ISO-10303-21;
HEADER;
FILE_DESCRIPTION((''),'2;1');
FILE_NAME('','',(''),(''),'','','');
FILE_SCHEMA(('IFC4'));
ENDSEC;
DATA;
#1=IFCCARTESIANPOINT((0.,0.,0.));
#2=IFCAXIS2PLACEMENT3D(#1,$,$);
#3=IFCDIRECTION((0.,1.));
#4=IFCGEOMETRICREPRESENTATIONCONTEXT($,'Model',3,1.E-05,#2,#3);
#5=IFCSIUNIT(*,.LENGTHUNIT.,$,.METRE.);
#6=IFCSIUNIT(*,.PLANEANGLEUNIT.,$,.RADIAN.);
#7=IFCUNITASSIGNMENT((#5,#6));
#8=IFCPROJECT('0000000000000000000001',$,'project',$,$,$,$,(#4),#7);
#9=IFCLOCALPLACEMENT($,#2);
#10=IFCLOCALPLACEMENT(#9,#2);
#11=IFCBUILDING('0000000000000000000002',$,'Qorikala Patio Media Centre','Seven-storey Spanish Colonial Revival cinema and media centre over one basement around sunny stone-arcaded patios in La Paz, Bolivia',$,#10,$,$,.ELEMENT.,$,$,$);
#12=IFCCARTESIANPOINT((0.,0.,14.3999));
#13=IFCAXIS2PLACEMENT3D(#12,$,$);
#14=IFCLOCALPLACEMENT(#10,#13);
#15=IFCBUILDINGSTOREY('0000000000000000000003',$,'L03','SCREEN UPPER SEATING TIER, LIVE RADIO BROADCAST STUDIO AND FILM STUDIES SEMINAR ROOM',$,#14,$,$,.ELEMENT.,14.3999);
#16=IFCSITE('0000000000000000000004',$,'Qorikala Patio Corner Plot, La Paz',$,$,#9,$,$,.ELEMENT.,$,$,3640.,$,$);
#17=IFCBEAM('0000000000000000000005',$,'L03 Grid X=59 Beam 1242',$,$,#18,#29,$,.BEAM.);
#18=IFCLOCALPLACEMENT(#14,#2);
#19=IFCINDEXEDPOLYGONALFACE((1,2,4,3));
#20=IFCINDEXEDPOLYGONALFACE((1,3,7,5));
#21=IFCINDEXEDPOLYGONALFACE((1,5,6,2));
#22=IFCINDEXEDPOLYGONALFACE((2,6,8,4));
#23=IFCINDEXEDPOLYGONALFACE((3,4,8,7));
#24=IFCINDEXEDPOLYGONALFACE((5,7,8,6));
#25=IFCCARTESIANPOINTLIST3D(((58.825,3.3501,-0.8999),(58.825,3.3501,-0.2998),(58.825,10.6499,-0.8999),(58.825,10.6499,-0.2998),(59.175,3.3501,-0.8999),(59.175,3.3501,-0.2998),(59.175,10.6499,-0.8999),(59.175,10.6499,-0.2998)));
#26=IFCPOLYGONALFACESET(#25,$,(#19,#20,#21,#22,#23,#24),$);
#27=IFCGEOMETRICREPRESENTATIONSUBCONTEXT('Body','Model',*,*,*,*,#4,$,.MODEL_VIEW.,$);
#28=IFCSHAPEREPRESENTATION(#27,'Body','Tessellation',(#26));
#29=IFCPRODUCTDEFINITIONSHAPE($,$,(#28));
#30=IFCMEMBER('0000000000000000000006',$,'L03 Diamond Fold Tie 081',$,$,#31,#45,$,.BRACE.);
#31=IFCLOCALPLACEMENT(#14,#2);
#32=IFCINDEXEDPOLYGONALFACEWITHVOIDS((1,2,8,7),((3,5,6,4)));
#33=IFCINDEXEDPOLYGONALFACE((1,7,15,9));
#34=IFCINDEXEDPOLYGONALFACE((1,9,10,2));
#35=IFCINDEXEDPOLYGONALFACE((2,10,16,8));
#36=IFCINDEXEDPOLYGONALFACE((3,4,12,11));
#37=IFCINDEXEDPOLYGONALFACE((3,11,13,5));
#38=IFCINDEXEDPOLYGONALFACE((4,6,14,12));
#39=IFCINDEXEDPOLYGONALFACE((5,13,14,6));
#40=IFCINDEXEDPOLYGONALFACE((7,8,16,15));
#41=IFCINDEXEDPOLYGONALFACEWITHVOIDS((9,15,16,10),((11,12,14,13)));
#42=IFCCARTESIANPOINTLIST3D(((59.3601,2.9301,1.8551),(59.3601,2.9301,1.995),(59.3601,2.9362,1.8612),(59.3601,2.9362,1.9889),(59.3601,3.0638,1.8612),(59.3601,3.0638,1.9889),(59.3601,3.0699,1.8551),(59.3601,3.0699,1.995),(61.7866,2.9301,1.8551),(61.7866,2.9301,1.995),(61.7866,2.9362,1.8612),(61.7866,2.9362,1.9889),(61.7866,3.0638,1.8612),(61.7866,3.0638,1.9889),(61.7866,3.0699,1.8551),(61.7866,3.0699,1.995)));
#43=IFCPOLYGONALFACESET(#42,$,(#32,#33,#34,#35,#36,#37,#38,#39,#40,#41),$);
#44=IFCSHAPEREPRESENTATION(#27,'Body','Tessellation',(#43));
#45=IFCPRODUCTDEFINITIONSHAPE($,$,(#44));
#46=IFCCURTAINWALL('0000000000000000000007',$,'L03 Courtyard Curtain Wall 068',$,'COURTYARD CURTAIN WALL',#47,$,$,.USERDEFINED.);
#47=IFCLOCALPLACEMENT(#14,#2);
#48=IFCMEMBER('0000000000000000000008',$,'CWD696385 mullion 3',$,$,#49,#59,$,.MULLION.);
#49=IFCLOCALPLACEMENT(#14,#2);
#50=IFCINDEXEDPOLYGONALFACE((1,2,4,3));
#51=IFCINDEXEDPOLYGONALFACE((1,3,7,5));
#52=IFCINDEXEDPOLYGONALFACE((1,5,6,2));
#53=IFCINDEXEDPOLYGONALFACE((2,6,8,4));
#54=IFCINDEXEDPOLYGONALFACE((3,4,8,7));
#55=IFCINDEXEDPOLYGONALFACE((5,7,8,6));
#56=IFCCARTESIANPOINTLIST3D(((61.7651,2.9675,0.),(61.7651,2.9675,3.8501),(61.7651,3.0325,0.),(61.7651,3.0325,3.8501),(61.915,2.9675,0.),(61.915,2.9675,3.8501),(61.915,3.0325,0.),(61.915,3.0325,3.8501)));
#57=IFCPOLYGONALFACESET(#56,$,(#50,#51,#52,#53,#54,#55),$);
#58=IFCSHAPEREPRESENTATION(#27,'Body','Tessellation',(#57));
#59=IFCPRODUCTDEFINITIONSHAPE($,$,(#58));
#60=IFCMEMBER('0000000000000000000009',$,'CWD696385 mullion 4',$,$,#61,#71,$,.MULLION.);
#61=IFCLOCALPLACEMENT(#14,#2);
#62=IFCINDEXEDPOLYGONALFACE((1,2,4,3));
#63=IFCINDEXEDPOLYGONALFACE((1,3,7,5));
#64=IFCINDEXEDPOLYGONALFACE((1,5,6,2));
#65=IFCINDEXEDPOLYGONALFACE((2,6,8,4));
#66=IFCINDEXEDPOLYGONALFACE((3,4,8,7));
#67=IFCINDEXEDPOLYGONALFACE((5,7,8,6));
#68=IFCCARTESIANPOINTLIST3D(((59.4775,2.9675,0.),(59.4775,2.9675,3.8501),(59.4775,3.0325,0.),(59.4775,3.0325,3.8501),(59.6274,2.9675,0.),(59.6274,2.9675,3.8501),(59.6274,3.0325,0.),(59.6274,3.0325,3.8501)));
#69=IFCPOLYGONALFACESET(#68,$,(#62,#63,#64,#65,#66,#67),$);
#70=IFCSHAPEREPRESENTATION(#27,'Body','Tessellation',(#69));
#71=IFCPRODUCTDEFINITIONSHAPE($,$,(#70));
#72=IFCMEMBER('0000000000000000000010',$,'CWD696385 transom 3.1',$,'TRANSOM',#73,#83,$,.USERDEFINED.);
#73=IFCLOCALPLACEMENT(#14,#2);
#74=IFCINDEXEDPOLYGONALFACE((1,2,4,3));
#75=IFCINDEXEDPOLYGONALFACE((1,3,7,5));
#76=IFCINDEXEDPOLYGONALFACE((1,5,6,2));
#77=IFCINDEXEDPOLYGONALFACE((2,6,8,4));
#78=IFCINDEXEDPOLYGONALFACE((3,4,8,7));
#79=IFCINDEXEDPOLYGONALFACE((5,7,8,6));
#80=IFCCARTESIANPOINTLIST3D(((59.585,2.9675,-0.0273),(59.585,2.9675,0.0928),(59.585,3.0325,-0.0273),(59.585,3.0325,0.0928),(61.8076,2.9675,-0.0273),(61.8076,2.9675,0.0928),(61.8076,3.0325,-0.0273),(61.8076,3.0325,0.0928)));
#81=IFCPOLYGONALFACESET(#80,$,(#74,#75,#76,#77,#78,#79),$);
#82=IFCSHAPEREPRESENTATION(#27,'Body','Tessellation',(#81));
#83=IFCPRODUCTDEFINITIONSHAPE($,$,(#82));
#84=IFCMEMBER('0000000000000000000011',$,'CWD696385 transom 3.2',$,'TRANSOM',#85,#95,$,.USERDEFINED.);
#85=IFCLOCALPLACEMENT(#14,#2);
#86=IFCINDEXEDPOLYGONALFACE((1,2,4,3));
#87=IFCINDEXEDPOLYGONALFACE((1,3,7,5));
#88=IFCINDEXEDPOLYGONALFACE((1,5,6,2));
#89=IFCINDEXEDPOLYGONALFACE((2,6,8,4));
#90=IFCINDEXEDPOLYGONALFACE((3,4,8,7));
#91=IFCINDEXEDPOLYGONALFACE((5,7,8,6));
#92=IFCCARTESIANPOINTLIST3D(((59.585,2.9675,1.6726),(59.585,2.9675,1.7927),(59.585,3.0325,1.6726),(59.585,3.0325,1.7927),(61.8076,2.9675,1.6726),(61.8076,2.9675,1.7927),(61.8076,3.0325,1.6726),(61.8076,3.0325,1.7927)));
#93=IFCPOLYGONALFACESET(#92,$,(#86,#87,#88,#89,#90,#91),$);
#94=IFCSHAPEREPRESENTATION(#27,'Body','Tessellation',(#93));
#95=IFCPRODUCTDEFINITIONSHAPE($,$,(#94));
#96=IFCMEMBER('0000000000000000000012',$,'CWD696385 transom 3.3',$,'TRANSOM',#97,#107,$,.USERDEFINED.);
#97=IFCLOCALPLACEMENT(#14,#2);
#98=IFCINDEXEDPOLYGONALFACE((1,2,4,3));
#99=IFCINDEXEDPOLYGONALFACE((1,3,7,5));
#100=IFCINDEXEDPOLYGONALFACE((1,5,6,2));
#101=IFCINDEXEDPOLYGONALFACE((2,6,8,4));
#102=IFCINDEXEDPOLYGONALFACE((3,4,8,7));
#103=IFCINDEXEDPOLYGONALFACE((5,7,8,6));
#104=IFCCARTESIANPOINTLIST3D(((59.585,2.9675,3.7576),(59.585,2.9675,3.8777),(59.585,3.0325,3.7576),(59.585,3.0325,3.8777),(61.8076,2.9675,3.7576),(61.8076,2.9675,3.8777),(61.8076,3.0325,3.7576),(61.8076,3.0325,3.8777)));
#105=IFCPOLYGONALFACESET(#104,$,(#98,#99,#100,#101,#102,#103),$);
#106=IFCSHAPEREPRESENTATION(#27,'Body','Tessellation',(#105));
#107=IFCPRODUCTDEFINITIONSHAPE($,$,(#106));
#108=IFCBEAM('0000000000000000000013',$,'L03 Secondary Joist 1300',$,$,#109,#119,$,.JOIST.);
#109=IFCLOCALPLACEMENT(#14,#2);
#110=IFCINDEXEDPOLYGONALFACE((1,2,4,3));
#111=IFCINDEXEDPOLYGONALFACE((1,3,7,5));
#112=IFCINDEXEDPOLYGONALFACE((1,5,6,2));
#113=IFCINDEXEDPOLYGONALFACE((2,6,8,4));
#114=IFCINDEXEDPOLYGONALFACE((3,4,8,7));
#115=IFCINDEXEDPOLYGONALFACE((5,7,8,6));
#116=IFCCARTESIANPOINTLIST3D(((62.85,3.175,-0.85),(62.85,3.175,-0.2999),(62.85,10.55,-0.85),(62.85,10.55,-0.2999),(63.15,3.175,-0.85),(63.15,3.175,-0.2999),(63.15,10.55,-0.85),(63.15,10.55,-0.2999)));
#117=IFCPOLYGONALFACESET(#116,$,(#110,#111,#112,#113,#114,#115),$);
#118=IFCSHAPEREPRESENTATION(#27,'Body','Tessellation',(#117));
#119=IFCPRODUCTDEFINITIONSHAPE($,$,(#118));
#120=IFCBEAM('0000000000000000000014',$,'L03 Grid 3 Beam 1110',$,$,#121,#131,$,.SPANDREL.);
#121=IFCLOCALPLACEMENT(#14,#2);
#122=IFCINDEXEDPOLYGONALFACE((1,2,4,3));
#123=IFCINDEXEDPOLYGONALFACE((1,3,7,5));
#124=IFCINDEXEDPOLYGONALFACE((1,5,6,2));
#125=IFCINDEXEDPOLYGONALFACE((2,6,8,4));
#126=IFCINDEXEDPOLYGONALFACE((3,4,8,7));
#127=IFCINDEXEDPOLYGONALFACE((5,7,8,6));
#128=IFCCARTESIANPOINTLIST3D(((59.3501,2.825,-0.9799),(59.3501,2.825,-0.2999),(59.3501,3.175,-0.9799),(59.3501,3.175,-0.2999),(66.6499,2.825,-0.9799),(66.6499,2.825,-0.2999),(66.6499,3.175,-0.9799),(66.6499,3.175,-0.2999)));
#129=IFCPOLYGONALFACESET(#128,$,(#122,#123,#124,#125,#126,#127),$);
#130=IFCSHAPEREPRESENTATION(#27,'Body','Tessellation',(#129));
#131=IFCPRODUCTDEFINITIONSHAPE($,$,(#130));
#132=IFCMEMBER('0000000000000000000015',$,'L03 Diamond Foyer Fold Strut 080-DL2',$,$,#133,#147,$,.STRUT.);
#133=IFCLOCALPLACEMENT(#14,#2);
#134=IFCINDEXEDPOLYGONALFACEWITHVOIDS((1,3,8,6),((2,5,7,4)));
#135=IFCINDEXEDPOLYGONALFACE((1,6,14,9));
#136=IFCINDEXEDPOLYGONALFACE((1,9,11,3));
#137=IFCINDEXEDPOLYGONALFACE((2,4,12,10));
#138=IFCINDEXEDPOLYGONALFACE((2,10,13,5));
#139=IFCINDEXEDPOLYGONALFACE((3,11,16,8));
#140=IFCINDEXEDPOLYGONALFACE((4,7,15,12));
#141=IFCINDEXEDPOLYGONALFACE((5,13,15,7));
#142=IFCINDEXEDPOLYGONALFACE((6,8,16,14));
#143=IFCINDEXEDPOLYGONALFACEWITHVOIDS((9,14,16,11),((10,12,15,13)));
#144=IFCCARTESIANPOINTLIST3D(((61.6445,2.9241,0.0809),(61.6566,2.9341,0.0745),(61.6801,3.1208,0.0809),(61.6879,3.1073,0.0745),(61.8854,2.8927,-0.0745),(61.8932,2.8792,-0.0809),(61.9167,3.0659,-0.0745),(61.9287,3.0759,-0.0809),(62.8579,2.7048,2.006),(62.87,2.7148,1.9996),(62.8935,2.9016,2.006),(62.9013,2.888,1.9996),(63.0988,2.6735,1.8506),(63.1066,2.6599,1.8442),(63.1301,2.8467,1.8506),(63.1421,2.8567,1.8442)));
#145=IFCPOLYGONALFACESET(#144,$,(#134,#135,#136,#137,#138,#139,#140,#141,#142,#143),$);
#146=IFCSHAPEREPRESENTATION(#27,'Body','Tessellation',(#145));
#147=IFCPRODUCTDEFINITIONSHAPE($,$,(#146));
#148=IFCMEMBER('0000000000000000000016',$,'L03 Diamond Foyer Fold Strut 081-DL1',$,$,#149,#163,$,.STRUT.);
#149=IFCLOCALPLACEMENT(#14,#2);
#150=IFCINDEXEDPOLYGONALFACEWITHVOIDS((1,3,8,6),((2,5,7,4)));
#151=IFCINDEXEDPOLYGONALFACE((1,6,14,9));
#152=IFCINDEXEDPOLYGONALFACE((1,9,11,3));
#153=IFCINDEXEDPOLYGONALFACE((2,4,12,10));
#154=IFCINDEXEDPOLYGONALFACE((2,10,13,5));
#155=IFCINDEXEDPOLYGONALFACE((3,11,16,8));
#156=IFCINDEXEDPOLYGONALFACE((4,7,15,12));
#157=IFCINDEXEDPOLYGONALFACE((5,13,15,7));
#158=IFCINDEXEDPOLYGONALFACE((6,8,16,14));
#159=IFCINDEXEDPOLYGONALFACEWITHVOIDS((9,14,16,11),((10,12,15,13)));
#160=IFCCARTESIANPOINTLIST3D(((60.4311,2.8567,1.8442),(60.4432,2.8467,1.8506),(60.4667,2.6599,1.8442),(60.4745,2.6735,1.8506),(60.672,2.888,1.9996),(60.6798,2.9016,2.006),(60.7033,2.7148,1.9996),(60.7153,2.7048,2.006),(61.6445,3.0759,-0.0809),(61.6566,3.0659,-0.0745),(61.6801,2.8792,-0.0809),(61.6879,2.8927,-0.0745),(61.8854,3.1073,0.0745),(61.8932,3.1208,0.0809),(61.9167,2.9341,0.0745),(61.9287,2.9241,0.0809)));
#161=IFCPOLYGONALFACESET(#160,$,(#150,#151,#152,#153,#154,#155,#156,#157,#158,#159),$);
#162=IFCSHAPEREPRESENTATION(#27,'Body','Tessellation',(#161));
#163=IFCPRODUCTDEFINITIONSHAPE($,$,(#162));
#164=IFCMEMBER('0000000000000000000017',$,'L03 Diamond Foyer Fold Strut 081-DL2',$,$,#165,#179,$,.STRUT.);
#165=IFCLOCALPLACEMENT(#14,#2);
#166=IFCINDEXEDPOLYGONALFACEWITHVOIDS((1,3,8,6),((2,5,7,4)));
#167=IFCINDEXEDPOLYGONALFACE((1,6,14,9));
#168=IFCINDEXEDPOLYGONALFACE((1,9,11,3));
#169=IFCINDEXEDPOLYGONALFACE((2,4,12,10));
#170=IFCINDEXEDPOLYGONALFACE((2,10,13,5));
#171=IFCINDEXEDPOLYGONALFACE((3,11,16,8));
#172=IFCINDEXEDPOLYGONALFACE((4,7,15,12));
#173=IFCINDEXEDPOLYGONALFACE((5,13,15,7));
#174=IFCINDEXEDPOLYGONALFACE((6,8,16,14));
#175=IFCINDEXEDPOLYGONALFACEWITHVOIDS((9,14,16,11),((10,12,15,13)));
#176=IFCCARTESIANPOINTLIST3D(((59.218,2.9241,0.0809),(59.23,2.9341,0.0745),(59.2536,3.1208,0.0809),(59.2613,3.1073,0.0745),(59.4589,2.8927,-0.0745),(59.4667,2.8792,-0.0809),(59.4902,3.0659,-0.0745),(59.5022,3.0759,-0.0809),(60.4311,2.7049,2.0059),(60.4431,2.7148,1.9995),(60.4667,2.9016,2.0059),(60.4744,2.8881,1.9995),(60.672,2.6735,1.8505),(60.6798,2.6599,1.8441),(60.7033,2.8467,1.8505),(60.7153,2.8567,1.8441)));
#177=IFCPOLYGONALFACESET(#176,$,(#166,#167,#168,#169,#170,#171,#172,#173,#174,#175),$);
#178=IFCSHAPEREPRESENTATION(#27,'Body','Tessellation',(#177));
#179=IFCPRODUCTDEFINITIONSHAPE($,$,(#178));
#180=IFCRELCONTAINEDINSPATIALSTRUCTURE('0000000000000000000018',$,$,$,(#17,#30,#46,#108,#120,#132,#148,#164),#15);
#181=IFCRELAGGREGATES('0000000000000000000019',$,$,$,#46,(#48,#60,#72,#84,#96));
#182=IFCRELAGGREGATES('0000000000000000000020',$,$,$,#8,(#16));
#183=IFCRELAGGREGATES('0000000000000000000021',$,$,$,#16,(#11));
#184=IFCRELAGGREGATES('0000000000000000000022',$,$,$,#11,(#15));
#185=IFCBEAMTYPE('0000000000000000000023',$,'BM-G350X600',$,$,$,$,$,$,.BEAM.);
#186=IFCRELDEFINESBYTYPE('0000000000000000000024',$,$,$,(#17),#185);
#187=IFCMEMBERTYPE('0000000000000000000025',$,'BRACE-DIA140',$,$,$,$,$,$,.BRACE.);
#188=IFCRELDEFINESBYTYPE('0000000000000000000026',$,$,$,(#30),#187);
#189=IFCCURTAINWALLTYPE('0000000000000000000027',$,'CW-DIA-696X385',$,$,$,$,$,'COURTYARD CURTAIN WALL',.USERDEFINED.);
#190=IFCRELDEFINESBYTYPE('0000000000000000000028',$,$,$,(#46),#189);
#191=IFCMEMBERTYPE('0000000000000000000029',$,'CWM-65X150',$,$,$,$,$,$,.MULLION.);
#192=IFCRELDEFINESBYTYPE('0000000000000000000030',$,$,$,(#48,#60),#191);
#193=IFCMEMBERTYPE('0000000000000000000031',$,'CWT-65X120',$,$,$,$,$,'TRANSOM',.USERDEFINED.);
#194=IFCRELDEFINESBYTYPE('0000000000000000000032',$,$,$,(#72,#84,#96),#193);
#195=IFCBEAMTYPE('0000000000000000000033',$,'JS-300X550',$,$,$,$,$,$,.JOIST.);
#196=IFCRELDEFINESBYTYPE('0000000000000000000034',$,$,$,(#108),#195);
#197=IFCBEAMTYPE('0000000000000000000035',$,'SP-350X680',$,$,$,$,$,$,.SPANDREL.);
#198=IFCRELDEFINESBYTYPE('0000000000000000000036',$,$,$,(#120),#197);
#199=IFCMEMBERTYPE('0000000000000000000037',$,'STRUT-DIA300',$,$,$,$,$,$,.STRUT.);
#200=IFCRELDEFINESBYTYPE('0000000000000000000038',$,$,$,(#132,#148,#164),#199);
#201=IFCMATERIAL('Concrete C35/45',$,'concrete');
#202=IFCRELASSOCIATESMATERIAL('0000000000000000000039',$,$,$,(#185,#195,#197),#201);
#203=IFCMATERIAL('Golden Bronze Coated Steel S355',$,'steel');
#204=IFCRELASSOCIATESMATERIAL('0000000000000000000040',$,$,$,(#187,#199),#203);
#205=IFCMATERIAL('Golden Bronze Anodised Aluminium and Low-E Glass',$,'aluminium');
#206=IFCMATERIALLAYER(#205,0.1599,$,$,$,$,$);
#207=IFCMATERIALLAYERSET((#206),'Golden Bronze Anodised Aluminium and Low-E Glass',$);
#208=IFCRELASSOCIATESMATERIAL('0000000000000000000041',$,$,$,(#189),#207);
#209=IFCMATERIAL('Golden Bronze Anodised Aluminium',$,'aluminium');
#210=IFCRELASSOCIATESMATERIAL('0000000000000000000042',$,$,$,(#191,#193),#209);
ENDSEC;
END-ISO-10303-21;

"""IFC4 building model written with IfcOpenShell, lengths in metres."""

from ifc_helpers import new_model, si_unit, direction, frame, origin, origin_2d, place, context, subcontext, project, spatial, rectangle, hollow_rectangle, extrude, material, layer, layer_set, material_profile, profile_set, type_object, element, aggregate, save


model = new_model("IFC4")

# Units and contexts
model_context = context("Model", 3, precision=1e-05, world=origin(), true_north=direction((0.0, 1.0)))
body_context = subcontext(model_context, "Body", "Model", "MODEL_VIEW")
ifc_project = project(units=[si_unit("LENGTHUNIT", "METRE"), si_unit("PLANEANGLEUNIT", "RADIAN")], contexts=[model_context])

# Site, building, storey
site_placement = place(None, origin())
site = spatial("IfcSite", under=ifc_project, at=site_placement, Name="Qorikala Patio Corner Plot, La Paz", CompositionType="ELEMENT", RefElevation=3640.0)
building_placement = place(site_placement, origin())
building = spatial("IfcBuilding", under=site, at=building_placement, Name="Qorikala Patio Media Centre", Description="Seven-storey Spanish Colonial Revival cinema and media centre over one basement around sunny stone-arcaded patios in La Paz, Bolivia", CompositionType="ELEMENT")
storey_placement = place(building_placement, frame((0.0, 0.0, 14.3999)))
storey = spatial("IfcBuildingStorey", under=building, at=storey_placement, Name="L03", Description="SCREEN UPPER SEATING TIER, LIVE RADIO BROADCAST STUDIO AND FILM STUDIES SEMINAR ROOM", CompositionType="ELEMENT", Elevation=14.3999)

# Beam
ifc_material_1 = material(Name="Concrete C35/45", Category="concrete")
ifc_material_profile_1 = material_profile(ifc_material_1, rectangle(XDim=0.3501, YDim=0.6001, at=origin_2d()), Name="RC 350x600")
ifc_profile_set_1 = profile_set([ifc_material_profile_1], Name="Concrete C35/45")
beam_type_1 = type_object("IfcBeamType", Name="BM-G350X600", PredefinedType="BEAM", material=ifc_profile_set_1)
beam_1_placement = place(storey_placement, frame((59.0, 3.3501, -0.5999), z_axis=(0.0, 1.0, 0.0), x_axis=(-1.0, 0.0, 0.0)))
element("IfcBeam", 1, at=beam_1_placement, inside=storey, type_object=beam_type_1, Name="L03 Grid X=59 Beam 1242", PredefinedType="BEAM", context=body_context, shape_type="SweptSolid", body=[
    extrude(rectangle(XDim=0.3501, YDim=0.6001, at=origin_2d()), origin(), (0.0, 0.0, 1.0), 7.2998),
])

# Member
ifc_material_2 = material(Name="Golden Bronze Coated Steel S355", Category="steel")
ifc_material_profile_2 = material_profile(ifc_material_2, hollow_rectangle(XDim=0.1399, YDim=0.1399, WallThickness=0.0061, at=origin_2d()), Name="HSS140X140X6")
ifc_profile_set_2 = profile_set([ifc_material_profile_2], Name="Golden Bronze Coated Steel S355")
member_type_1 = type_object("IfcMemberType", Name="BRACE-DIA140", PredefinedType="BRACE", material=ifc_profile_set_2)
member_1_placement = place(storey_placement, frame((61.7866, 3.0, 1.925), z_axis=(-1.0, 0.0, 0.0), x_axis=(0.0, -1.0, 0.0)))
element("IfcMember", 2, at=member_1_placement, inside=storey, type_object=member_type_1, Name="L03 Diamond Fold Tie 081", PredefinedType="BRACE", context=body_context, shape_type="SweptSolid", body=[
    extrude(hollow_rectangle(XDim=0.1399, YDim=0.1399, WallThickness=0.0061, at=origin_2d()), origin(), (0.0, 0.0, 1.0), 2.4265),
])

# Curtain wall, members
ifc_material_3 = material(Name="Golden Bronze Anodised Aluminium and Low-E Glass", Category="aluminium")
ifc_layer_1 = layer(ifc_material_3, 0.1599)
ifc_layer_set_1 = layer_set([ifc_layer_1], Name="Golden Bronze Anodised Aluminium and Low-E Glass")
curtain_wall_type = type_object("IfcCurtainWallType", Name="CW-DIA-696X385", ElementType="COURTYARD CURTAIN WALL", PredefinedType="USERDEFINED", material=ifc_layer_set_1)
curtain_wall_placement = place(storey_placement, origin())
curtain_wall = element("IfcCurtainWall", 3, at=curtain_wall_placement, inside=storey, type_object=curtain_wall_type, Name="L03 Courtyard Curtain Wall 068", ObjectType="COURTYARD CURTAIN WALL", PredefinedType="USERDEFINED")
ifc_material_4 = material(Name="Golden Bronze Anodised Aluminium", Category="aluminium")
ifc_material_profile_3 = material_profile(ifc_material_4, rectangle(XDim=0.0649, YDim=0.1499, at=origin_2d()), Name="ALU MULLION 65x150")
ifc_profile_set_3 = profile_set([ifc_material_profile_3], Name="Golden Bronze Anodised Aluminium")
member_type_2 = type_object("IfcMemberType", Name="CWM-65X150", PredefinedType="MULLION", material=ifc_profile_set_3)
member_2_placement = place(storey_placement, frame((61.8401, 3.0, 0.0), z_axis=(0.0, 0.0, 1.0), x_axis=(0.0, -1.0, 0.0)))
member_2 = element("IfcMember", 4, at=member_2_placement, type_object=member_type_2, Name="CWD696385 mullion 3", PredefinedType="MULLION", context=body_context, shape_type="SweptSolid", body=[
    extrude(rectangle(XDim=0.0649, YDim=0.1499, at=origin_2d()), origin(), (0.0, 0.0, 1.0), 3.8501),
])
member_3_placement = place(storey_placement, frame((59.5525, 3.0, 0.0), z_axis=(0.0, 0.0, 1.0), x_axis=(0.0, -1.0, 0.0)))
member_3 = element("IfcMember", 5, at=member_3_placement, type_object=member_type_2, Name="CWD696385 mullion 4", PredefinedType="MULLION", context=body_context, shape_type="SweptSolid", body=[
    extrude(rectangle(XDim=0.0649, YDim=0.1499, at=origin_2d()), origin(), (0.0, 0.0, 1.0), 3.8501),
])
ifc_material_profile_4 = material_profile(ifc_material_4, rectangle(XDim=0.0649, YDim=0.1201, at=origin_2d()), Name="ALU TRANSOM 65x120")
ifc_profile_set_4 = profile_set([ifc_material_profile_4], Name="Golden Bronze Anodised Aluminium")
member_type_3 = type_object("IfcMemberType", Name="CWT-65X120", ElementType="TRANSOM", PredefinedType="USERDEFINED", material=ifc_profile_set_4)
member_4_placement = place(storey_placement, frame((61.8076, 3.0, 0.0327), z_axis=(-1.0, 0.0, 0.0), x_axis=(0.0, -1.0, 0.0)))
member_4 = element("IfcMember", 6, at=member_4_placement, type_object=member_type_3, Name="CWD696385 transom 3.1", ObjectType="TRANSOM", PredefinedType="USERDEFINED", context=body_context, shape_type="SweptSolid", body=[
    extrude(rectangle(XDim=0.0649, YDim=0.1201, at=origin_2d()), origin(), (0.0, 0.0, 1.0), 2.2227),
])
member_5_placement = place(storey_placement, frame((61.8076, 3.0, 1.7327), z_axis=(-1.0, 0.0, 0.0), x_axis=(0.0, -1.0, 0.0)))
member_5 = element("IfcMember", 7, at=member_5_placement, type_object=member_type_3, Name="CWD696385 transom 3.2", ObjectType="TRANSOM", PredefinedType="USERDEFINED", context=body_context, shape_type="SweptSolid", body=[
    extrude(rectangle(XDim=0.0649, YDim=0.1201, at=origin_2d()), origin(), (0.0, 0.0, 1.0), 2.2227),
])
member_6_placement = place(storey_placement, frame((61.8076, 3.0, 3.8176), z_axis=(-1.0, 0.0, 0.0), x_axis=(0.0, -1.0, 0.0)))
member_6 = element("IfcMember", 8, at=member_6_placement, type_object=member_type_3, Name="CWD696385 transom 3.3", ObjectType="TRANSOM", PredefinedType="USERDEFINED", context=body_context, shape_type="SweptSolid", body=[
    extrude(rectangle(XDim=0.0649, YDim=0.1201, at=origin_2d()), origin(), (0.0, 0.0, 1.0), 2.2227),
])

# Beams
ifc_material_profile_5 = material_profile(ifc_material_1, rectangle(XDim=0.3, YDim=0.55, at=origin_2d()), Name="RC 300x550")
ifc_profile_set_5 = profile_set([ifc_material_profile_5], Name="Concrete C35/45")
beam_type_2 = type_object("IfcBeamType", Name="JS-300X550", PredefinedType="JOIST", material=ifc_profile_set_5)
beam_2_placement = place(storey_placement, frame((63.0, 3.175, -0.575), z_axis=(0.0, 1.0, 0.0), x_axis=(-1.0, 0.0, 0.0)))
element("IfcBeam", 9, at=beam_2_placement, inside=storey, type_object=beam_type_2, Name="L03 Secondary Joist 1300", PredefinedType="JOIST", context=body_context, shape_type="SweptSolid", body=[
    extrude(rectangle(XDim=0.3, YDim=0.55, at=origin_2d()), origin(), (0.0, 0.0, 1.0), 7.375),
])
ifc_material_profile_6 = material_profile(ifc_material_1, rectangle(XDim=0.3501, YDim=0.6799, at=origin_2d()), Name="RC 350x680")
ifc_profile_set_6 = profile_set([ifc_material_profile_6], Name="Concrete C35/45")
beam_type_3 = type_object("IfcBeamType", Name="SP-350X680", PredefinedType="SPANDREL", material=ifc_profile_set_6)
beam_3_placement = place(storey_placement, frame((59.3501, 3.0, -0.6399), z_axis=(1.0, 0.0, 0.0), x_axis=(0.0, 1.0, 0.0)))
element("IfcBeam", 10, at=beam_3_placement, inside=storey, type_object=beam_type_3, Name="L03 Grid 3 Beam 1110", PredefinedType="SPANDREL", context=body_context, shape_type="SweptSolid", body=[
    extrude(rectangle(XDim=0.3501, YDim=0.6799, at=origin_2d()), origin(), (0.0, 0.0, 1.0), 7.2998),
])

# Members
ifc_material_profile_7 = material_profile(ifc_material_2, hollow_rectangle(XDim=0.2, YDim=0.3, WallThickness=0.012, at=origin_2d()), Name="HSS300X200X12")
ifc_profile_set_7 = profile_set([ifc_material_profile_7], Name="Golden Bronze Coated Steel S355")
member_type_4 = type_object("IfcMemberType", Name="STRUT-DIA300", PredefinedType="STRUT", material=ifc_profile_set_7)
for number, where, z_axis, x_axis, name in (
    (11, (61.7866, 3.0, 0.0), (0.530768, -0.095901, 0.842074), (0.177805, 0.984066, 0.0), "L03 Diamond Foyer Fold Strut 080-DL2"),
    (12, (61.7866, 3.0, 0.0), (-0.530768, -0.095901, 0.842074), (0.177805, -0.984066, 0.0), "L03 Diamond Foyer Fold Strut 081-DL1"),
):
    element("IfcMember", number, at=place(storey_placement, frame(where, z_axis=z_axis, x_axis=x_axis)), inside=storey, type_object=member_type_4, Name=name, PredefinedType="STRUT", context=body_context, shape_type="SweptSolid", body=[
        extrude(hollow_rectangle(XDim=0.2, YDim=0.3, WallThickness=0.012, at=origin_2d()), origin(), (0.0, 0.0, 1.0), 2.2861),
    ])
member_7_placement = place(storey_placement, frame((59.3601, 3.0, 0.0), z_axis=(0.530691, -0.095907, 0.842121), x_axis=(0.17784, 0.984059, 0.0)))
element("IfcMember", 13, at=member_7_placement, inside=storey, type_object=member_type_4, Name="L03 Diamond Foyer Fold Strut 081-DL2", PredefinedType="STRUT", context=body_context, shape_type="SweptSolid", body=[
    extrude(hollow_rectangle(XDim=0.2, YDim=0.3, WallThickness=0.012, at=origin_2d()), origin(), (0.0, 0.0, 1.0), 2.2859),
])

aggregate(curtain_wall, [member_2, member_3, member_4, member_5, member_6])

save(model, "model.ifc")
